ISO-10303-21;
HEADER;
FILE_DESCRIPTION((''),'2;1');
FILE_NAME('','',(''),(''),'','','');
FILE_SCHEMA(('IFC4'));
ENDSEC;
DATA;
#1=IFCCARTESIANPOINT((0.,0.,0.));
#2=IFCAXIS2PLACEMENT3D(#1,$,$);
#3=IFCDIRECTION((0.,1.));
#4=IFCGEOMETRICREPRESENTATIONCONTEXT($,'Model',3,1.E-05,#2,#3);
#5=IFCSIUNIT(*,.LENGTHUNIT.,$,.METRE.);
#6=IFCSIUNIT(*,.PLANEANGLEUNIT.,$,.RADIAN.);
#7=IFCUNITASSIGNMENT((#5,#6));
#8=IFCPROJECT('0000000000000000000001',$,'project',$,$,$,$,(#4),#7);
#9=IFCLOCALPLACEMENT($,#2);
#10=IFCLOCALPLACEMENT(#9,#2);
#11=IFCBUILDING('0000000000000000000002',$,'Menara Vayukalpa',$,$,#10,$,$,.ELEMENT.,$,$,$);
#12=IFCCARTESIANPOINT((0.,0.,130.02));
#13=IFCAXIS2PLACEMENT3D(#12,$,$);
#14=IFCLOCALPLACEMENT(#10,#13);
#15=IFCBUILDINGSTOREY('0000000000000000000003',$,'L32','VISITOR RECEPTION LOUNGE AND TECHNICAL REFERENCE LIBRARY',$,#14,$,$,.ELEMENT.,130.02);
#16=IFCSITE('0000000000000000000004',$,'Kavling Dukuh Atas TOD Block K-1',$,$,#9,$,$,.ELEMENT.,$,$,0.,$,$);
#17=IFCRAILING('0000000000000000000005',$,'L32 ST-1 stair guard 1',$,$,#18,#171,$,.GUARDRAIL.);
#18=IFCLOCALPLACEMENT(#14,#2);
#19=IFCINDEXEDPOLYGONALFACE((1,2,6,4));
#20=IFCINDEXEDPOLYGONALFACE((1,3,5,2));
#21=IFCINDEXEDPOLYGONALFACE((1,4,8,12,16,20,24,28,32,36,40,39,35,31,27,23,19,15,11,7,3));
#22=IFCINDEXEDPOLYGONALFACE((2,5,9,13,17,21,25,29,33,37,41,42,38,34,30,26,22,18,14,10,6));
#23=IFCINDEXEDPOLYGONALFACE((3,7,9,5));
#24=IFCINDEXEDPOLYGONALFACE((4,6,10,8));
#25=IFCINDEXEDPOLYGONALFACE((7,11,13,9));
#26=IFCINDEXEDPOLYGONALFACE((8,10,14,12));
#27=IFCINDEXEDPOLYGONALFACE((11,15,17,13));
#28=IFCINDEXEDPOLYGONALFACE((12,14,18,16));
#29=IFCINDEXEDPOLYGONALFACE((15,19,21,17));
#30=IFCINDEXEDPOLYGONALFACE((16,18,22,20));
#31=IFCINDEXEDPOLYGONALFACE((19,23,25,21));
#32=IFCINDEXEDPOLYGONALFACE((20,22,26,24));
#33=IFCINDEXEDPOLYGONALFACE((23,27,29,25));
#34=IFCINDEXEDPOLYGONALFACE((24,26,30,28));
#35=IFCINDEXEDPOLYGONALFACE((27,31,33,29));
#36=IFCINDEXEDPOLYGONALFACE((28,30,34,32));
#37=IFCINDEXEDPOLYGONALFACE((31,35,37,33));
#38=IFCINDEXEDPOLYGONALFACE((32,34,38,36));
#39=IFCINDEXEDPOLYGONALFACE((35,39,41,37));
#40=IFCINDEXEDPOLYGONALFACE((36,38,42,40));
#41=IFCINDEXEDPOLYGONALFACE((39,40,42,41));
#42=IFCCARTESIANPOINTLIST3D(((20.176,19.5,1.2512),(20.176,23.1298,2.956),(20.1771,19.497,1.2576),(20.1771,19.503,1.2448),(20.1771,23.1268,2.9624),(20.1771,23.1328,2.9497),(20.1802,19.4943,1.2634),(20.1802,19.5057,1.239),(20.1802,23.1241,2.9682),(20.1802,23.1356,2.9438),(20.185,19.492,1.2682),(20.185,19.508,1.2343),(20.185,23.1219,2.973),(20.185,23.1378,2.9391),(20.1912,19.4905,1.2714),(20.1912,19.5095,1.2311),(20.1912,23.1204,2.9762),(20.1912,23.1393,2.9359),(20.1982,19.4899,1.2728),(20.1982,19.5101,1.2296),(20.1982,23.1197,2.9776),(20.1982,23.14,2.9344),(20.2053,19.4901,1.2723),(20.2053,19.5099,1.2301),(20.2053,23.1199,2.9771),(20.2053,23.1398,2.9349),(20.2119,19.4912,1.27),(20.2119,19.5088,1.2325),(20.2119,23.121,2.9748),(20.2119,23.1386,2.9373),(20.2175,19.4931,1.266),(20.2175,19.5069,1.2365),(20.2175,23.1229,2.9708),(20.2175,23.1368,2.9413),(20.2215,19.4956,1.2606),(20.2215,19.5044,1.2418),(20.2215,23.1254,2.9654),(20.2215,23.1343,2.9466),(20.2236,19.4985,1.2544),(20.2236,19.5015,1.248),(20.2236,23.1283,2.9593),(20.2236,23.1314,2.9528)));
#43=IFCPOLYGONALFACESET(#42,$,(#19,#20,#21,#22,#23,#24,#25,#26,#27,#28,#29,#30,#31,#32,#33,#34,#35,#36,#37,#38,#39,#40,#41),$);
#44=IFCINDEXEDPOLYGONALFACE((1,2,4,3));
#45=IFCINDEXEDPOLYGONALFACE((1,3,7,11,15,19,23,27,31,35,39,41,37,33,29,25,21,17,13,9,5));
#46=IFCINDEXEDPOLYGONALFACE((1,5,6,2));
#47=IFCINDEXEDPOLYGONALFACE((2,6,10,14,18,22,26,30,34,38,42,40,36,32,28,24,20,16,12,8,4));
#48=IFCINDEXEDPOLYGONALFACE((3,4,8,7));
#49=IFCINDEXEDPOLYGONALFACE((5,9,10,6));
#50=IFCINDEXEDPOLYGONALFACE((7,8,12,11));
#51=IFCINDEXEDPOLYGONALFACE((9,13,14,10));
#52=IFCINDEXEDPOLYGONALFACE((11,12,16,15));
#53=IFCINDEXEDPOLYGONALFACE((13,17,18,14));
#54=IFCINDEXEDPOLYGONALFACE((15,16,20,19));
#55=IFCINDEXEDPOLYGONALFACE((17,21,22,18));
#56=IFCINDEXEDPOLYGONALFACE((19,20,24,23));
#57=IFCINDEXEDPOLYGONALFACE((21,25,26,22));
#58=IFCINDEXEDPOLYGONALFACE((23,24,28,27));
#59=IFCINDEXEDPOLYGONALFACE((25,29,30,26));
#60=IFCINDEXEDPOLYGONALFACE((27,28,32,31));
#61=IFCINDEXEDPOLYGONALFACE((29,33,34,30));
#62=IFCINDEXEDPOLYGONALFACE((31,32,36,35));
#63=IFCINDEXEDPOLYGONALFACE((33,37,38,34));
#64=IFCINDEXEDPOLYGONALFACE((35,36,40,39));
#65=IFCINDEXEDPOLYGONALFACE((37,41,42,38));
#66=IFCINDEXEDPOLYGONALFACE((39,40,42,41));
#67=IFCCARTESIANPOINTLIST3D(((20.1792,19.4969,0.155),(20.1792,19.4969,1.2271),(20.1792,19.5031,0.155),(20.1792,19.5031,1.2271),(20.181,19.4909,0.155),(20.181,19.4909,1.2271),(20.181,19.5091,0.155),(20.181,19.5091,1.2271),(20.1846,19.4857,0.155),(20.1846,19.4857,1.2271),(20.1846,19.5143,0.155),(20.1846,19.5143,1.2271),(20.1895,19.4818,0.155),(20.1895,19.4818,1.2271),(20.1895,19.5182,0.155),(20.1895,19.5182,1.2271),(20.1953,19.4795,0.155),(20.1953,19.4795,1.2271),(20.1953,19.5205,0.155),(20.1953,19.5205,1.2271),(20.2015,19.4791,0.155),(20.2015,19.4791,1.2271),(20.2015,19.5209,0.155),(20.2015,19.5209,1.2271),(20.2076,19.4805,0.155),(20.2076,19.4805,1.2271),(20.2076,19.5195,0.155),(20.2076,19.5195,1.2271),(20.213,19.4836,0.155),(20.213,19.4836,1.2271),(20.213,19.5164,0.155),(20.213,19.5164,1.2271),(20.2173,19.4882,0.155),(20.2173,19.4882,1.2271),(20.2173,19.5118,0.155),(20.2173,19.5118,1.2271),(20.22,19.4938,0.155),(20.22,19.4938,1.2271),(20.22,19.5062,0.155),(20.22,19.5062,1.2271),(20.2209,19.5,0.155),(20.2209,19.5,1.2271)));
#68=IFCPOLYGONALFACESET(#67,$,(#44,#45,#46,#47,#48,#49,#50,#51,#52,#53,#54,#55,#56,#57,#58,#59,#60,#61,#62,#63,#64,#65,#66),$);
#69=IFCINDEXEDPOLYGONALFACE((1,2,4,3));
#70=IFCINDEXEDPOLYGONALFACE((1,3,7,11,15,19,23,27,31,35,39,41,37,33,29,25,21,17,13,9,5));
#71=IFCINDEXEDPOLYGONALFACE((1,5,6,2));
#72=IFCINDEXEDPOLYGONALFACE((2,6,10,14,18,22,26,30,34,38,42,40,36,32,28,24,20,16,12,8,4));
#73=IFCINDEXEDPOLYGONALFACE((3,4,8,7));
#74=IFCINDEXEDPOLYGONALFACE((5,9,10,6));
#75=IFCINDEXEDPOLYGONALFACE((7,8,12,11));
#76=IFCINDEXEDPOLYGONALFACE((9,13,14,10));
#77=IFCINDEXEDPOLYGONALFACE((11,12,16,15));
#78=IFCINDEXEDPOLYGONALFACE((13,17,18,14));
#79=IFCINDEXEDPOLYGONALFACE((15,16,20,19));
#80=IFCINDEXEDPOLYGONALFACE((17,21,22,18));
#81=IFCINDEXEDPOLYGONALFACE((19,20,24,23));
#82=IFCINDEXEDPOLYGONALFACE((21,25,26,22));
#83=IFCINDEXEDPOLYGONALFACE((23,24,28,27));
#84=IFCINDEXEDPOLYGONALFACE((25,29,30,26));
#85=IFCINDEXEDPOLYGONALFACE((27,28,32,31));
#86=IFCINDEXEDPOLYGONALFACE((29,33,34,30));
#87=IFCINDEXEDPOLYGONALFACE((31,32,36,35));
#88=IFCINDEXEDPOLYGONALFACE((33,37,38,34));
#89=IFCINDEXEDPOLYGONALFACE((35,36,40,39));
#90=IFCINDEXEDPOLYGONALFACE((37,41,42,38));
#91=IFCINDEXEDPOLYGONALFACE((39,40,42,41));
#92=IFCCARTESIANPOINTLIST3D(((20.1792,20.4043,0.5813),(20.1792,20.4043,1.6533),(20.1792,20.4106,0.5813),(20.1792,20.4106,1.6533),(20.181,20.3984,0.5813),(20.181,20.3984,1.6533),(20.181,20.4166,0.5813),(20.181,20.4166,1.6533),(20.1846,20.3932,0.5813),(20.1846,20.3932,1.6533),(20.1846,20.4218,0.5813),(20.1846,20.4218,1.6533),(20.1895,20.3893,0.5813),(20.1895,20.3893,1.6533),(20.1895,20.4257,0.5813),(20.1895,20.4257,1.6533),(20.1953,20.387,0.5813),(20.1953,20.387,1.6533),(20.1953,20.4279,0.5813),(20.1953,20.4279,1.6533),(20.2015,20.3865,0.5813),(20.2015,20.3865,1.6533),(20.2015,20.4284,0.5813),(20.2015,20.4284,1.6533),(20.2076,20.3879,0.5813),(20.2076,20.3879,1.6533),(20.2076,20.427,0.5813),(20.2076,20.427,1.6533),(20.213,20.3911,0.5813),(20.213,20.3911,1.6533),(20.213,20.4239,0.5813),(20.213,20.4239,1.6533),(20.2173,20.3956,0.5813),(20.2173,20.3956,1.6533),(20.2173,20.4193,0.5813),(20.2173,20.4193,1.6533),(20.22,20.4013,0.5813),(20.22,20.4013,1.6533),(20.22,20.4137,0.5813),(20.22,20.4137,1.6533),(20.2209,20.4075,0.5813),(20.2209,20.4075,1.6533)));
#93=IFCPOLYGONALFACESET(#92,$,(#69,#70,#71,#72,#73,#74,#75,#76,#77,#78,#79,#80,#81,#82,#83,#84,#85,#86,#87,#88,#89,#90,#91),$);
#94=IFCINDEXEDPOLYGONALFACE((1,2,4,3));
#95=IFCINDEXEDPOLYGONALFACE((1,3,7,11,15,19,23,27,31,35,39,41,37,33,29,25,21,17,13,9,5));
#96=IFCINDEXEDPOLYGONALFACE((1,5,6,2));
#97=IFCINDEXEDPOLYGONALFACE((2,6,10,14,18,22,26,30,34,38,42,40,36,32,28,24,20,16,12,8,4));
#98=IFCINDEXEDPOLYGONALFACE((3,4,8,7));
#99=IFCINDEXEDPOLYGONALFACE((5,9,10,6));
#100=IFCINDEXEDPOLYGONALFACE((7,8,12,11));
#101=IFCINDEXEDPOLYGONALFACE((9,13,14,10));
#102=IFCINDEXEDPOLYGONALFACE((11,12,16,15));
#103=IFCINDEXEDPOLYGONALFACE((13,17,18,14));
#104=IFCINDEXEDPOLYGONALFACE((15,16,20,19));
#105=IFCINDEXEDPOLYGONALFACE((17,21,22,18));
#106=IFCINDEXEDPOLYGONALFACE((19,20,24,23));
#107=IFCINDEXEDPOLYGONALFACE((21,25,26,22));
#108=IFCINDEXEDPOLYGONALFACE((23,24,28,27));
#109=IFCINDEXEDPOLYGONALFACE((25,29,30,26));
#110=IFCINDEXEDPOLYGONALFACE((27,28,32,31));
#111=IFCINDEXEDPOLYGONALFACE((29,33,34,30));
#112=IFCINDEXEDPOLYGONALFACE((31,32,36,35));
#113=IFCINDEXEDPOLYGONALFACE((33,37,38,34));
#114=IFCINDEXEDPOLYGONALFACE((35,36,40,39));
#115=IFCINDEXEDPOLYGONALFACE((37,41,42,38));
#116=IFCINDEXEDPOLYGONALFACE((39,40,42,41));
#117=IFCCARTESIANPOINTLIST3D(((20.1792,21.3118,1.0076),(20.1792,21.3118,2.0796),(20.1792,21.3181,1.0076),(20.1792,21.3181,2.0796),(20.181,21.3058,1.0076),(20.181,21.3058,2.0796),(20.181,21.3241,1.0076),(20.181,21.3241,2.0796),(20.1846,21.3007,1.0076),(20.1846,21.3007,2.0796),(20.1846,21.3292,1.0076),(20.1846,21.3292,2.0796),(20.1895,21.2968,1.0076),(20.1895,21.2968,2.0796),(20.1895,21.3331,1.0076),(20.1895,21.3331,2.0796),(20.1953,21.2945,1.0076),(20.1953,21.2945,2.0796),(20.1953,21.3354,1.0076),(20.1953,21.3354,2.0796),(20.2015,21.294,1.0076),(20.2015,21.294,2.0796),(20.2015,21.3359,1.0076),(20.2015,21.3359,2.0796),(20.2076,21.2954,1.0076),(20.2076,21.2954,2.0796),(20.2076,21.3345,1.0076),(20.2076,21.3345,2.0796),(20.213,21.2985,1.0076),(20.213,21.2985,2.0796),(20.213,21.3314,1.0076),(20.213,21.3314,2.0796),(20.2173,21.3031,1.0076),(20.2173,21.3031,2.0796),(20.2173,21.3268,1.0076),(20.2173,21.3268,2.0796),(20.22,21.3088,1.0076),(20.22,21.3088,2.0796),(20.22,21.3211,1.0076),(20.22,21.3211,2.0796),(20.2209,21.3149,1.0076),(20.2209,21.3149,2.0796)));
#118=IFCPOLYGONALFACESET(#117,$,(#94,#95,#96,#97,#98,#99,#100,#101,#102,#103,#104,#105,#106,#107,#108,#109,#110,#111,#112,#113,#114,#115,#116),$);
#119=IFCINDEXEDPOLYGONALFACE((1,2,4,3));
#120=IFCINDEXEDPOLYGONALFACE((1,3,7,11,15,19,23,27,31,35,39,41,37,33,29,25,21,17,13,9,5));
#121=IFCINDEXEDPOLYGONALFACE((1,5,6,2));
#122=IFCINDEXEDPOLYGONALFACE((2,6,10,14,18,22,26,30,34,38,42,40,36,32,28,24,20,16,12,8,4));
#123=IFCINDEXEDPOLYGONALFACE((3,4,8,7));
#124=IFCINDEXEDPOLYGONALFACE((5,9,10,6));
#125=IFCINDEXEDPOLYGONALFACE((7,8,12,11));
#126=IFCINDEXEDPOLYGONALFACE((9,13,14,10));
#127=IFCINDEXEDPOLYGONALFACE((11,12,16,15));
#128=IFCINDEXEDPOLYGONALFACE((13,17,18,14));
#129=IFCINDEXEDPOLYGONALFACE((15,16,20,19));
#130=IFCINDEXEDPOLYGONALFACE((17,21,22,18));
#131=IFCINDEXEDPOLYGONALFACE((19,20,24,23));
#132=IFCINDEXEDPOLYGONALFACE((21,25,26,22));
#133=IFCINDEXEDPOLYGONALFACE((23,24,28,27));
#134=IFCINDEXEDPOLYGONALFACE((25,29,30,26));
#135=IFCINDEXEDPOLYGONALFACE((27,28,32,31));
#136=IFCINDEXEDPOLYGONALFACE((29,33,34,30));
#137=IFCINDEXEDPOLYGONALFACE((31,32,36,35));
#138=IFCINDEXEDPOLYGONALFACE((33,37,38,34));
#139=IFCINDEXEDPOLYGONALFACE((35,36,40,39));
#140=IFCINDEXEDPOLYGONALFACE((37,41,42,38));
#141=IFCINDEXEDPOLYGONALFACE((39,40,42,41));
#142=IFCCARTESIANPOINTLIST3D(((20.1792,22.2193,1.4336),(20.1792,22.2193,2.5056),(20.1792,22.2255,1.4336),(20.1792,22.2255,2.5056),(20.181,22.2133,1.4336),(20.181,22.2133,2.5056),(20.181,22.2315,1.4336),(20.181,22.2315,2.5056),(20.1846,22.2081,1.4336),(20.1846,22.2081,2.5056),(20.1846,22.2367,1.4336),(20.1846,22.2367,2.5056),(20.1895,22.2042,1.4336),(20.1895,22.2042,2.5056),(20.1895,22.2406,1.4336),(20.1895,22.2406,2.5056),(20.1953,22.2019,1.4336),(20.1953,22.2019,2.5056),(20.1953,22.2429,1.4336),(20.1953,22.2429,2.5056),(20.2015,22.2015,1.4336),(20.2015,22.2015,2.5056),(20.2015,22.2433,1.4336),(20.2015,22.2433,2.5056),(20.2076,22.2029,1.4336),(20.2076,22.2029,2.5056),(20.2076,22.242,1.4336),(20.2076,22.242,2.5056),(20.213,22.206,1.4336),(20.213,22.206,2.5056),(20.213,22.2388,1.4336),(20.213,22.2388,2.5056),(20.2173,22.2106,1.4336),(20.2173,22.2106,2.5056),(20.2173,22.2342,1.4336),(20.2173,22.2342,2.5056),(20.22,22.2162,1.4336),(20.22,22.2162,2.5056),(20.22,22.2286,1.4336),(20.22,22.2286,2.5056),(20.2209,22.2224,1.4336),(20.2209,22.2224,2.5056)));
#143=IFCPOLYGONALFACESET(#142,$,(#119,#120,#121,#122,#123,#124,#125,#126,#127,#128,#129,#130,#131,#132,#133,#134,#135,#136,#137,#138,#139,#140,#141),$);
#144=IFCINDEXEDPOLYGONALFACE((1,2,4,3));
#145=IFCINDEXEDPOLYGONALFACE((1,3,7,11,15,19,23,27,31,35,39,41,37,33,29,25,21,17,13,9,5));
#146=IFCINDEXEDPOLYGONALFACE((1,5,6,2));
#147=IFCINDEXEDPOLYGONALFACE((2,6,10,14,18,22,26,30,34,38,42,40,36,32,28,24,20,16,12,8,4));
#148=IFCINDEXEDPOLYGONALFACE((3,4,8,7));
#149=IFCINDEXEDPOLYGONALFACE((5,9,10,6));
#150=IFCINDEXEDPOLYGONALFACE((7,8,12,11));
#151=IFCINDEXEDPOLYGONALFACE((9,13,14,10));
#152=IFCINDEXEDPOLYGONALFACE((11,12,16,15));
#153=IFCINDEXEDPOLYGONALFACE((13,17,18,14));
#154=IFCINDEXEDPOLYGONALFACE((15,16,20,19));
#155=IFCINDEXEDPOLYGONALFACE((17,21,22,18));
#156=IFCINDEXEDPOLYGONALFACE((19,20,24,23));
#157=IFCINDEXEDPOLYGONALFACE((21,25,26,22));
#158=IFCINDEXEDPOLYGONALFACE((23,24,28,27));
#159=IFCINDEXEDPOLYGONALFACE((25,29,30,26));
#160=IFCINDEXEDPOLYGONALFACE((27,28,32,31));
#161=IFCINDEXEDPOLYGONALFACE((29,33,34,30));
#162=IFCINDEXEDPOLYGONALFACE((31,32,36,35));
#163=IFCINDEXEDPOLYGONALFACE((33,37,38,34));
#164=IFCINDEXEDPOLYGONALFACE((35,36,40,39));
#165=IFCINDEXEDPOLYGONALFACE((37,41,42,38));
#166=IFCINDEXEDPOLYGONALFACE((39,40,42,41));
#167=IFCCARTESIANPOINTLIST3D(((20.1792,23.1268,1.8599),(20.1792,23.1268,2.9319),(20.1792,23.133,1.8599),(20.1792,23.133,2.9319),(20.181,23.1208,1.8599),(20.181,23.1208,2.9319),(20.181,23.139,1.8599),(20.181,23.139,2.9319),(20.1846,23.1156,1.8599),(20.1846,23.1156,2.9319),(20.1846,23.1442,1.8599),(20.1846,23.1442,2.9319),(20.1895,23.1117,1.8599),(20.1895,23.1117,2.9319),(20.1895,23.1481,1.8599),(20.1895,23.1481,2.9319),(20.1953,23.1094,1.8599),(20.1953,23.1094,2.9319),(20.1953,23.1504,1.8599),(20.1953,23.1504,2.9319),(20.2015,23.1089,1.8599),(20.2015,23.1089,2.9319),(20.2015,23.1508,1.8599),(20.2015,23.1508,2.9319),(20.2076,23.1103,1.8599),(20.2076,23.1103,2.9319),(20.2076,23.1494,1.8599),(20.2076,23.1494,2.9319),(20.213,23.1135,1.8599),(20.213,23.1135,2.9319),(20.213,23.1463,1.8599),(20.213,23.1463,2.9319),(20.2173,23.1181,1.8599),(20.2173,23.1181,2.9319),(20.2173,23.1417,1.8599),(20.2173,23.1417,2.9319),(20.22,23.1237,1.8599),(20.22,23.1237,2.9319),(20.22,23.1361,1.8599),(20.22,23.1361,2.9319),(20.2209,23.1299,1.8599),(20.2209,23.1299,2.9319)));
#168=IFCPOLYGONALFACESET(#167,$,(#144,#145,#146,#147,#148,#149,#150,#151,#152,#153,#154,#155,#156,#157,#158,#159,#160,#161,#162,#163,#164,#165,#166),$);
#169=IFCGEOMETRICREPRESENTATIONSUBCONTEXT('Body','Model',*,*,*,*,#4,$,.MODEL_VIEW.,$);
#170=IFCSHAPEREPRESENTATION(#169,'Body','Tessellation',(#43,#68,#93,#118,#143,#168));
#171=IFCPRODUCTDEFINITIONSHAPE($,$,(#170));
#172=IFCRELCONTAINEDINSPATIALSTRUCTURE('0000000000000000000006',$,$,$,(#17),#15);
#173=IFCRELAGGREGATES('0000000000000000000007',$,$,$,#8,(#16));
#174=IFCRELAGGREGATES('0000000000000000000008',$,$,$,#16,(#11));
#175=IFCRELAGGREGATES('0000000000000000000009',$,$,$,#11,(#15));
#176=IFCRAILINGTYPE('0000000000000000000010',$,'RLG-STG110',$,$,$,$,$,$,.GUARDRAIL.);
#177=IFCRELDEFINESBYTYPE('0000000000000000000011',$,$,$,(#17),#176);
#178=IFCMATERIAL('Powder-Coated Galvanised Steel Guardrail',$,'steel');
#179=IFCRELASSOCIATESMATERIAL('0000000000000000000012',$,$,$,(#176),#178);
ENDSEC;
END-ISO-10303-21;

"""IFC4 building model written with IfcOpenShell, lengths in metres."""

from ifc_helpers import new_model, si_unit, direction, frame, origin, origin_2d, place, context, subcontext, project, spatial, circle, extrude, material, type_object, element, save


model = new_model("IFC4")

# Units and contexts
model_context = context("Model", 3, precision=1e-05, world=origin(), true_north=direction((0.0, 1.0)))
body_context = subcontext(model_context, "Body", "Model", "MODEL_VIEW")
ifc_project = project(units=[si_unit("LENGTHUNIT", "METRE"), si_unit("PLANEANGLEUNIT", "RADIAN")], contexts=[model_context])

# Site, building, storey
site_placement = place(None, origin())
site = spatial("IfcSite", under=ifc_project, at=site_placement, Name="Kavling Dukuh Atas TOD Block K-1", CompositionType="ELEMENT", RefElevation=0.0)
building_placement = place(site_placement, origin())
building = spatial("IfcBuilding", under=site, at=building_placement, Name="Menara Vayukalpa", CompositionType="ELEMENT")
storey_placement = place(building_placement, frame((0.0, 0.0, 130.02)))
storey = spatial("IfcBuildingStorey", under=building, at=storey_placement, Name="L32", Description="VISITOR RECEPTION LOUNGE AND TECHNICAL REFERENCE LIBRARY", CompositionType="ELEMENT", Elevation=130.02)

# Railing
ifc_material_1 = material(Name="Powder-Coated Galvanised Steel Guardrail", Category="steel")
railing_type_1 = type_object("IfcRailingType", Name="RLG-STG110", PredefinedType="GUARDRAIL", material=ifc_material_1)
railing_1_placement = place(storey_placement, frame((20.2, 19.5, 0.155)))
element("IfcRailing", 1, at=railing_1_placement, inside=storey, type_object=railing_type_1, Name="L32 ST-1 stair guard 1", PredefinedType="GUARDRAIL", context=body_context, shape_type="SweptSolid", body=[
    extrude(circle(Radius=0.0239, at=origin_2d()), frame((0.0, 0.0, 1.0962), z_axis=(0.0, 0.90514, 0.425114), x_axis=(-1.0, 0.0, 0.0)), (0.0, 0.0, 1.0), 4.0103),
    extrude(circle(Radius=0.021, at=origin_2d()), origin(), (0.0, 0.0, 1.0), 1.072),
    extrude(circle(Radius=0.021, at=origin_2d()), frame((0.0, 0.9075, 0.4263)), (0.0, 0.0, 1.0), 1.072),
    extrude(circle(Radius=0.021, at=origin_2d()), frame((0.0, 1.8149, 0.8525)), (0.0, 0.0, 1.0), 1.072),
    extrude(circle(Radius=0.021, at=origin_2d()), frame((0.0, 2.7224, 1.2786)), (0.0, 0.0, 1.0), 1.072),
    extrude(circle(Radius=0.021, at=origin_2d()), frame((0.0, 3.6299, 1.7048)), (0.0, 0.0, 1.0), 1.072),
])

save(model, "model.ifc")
